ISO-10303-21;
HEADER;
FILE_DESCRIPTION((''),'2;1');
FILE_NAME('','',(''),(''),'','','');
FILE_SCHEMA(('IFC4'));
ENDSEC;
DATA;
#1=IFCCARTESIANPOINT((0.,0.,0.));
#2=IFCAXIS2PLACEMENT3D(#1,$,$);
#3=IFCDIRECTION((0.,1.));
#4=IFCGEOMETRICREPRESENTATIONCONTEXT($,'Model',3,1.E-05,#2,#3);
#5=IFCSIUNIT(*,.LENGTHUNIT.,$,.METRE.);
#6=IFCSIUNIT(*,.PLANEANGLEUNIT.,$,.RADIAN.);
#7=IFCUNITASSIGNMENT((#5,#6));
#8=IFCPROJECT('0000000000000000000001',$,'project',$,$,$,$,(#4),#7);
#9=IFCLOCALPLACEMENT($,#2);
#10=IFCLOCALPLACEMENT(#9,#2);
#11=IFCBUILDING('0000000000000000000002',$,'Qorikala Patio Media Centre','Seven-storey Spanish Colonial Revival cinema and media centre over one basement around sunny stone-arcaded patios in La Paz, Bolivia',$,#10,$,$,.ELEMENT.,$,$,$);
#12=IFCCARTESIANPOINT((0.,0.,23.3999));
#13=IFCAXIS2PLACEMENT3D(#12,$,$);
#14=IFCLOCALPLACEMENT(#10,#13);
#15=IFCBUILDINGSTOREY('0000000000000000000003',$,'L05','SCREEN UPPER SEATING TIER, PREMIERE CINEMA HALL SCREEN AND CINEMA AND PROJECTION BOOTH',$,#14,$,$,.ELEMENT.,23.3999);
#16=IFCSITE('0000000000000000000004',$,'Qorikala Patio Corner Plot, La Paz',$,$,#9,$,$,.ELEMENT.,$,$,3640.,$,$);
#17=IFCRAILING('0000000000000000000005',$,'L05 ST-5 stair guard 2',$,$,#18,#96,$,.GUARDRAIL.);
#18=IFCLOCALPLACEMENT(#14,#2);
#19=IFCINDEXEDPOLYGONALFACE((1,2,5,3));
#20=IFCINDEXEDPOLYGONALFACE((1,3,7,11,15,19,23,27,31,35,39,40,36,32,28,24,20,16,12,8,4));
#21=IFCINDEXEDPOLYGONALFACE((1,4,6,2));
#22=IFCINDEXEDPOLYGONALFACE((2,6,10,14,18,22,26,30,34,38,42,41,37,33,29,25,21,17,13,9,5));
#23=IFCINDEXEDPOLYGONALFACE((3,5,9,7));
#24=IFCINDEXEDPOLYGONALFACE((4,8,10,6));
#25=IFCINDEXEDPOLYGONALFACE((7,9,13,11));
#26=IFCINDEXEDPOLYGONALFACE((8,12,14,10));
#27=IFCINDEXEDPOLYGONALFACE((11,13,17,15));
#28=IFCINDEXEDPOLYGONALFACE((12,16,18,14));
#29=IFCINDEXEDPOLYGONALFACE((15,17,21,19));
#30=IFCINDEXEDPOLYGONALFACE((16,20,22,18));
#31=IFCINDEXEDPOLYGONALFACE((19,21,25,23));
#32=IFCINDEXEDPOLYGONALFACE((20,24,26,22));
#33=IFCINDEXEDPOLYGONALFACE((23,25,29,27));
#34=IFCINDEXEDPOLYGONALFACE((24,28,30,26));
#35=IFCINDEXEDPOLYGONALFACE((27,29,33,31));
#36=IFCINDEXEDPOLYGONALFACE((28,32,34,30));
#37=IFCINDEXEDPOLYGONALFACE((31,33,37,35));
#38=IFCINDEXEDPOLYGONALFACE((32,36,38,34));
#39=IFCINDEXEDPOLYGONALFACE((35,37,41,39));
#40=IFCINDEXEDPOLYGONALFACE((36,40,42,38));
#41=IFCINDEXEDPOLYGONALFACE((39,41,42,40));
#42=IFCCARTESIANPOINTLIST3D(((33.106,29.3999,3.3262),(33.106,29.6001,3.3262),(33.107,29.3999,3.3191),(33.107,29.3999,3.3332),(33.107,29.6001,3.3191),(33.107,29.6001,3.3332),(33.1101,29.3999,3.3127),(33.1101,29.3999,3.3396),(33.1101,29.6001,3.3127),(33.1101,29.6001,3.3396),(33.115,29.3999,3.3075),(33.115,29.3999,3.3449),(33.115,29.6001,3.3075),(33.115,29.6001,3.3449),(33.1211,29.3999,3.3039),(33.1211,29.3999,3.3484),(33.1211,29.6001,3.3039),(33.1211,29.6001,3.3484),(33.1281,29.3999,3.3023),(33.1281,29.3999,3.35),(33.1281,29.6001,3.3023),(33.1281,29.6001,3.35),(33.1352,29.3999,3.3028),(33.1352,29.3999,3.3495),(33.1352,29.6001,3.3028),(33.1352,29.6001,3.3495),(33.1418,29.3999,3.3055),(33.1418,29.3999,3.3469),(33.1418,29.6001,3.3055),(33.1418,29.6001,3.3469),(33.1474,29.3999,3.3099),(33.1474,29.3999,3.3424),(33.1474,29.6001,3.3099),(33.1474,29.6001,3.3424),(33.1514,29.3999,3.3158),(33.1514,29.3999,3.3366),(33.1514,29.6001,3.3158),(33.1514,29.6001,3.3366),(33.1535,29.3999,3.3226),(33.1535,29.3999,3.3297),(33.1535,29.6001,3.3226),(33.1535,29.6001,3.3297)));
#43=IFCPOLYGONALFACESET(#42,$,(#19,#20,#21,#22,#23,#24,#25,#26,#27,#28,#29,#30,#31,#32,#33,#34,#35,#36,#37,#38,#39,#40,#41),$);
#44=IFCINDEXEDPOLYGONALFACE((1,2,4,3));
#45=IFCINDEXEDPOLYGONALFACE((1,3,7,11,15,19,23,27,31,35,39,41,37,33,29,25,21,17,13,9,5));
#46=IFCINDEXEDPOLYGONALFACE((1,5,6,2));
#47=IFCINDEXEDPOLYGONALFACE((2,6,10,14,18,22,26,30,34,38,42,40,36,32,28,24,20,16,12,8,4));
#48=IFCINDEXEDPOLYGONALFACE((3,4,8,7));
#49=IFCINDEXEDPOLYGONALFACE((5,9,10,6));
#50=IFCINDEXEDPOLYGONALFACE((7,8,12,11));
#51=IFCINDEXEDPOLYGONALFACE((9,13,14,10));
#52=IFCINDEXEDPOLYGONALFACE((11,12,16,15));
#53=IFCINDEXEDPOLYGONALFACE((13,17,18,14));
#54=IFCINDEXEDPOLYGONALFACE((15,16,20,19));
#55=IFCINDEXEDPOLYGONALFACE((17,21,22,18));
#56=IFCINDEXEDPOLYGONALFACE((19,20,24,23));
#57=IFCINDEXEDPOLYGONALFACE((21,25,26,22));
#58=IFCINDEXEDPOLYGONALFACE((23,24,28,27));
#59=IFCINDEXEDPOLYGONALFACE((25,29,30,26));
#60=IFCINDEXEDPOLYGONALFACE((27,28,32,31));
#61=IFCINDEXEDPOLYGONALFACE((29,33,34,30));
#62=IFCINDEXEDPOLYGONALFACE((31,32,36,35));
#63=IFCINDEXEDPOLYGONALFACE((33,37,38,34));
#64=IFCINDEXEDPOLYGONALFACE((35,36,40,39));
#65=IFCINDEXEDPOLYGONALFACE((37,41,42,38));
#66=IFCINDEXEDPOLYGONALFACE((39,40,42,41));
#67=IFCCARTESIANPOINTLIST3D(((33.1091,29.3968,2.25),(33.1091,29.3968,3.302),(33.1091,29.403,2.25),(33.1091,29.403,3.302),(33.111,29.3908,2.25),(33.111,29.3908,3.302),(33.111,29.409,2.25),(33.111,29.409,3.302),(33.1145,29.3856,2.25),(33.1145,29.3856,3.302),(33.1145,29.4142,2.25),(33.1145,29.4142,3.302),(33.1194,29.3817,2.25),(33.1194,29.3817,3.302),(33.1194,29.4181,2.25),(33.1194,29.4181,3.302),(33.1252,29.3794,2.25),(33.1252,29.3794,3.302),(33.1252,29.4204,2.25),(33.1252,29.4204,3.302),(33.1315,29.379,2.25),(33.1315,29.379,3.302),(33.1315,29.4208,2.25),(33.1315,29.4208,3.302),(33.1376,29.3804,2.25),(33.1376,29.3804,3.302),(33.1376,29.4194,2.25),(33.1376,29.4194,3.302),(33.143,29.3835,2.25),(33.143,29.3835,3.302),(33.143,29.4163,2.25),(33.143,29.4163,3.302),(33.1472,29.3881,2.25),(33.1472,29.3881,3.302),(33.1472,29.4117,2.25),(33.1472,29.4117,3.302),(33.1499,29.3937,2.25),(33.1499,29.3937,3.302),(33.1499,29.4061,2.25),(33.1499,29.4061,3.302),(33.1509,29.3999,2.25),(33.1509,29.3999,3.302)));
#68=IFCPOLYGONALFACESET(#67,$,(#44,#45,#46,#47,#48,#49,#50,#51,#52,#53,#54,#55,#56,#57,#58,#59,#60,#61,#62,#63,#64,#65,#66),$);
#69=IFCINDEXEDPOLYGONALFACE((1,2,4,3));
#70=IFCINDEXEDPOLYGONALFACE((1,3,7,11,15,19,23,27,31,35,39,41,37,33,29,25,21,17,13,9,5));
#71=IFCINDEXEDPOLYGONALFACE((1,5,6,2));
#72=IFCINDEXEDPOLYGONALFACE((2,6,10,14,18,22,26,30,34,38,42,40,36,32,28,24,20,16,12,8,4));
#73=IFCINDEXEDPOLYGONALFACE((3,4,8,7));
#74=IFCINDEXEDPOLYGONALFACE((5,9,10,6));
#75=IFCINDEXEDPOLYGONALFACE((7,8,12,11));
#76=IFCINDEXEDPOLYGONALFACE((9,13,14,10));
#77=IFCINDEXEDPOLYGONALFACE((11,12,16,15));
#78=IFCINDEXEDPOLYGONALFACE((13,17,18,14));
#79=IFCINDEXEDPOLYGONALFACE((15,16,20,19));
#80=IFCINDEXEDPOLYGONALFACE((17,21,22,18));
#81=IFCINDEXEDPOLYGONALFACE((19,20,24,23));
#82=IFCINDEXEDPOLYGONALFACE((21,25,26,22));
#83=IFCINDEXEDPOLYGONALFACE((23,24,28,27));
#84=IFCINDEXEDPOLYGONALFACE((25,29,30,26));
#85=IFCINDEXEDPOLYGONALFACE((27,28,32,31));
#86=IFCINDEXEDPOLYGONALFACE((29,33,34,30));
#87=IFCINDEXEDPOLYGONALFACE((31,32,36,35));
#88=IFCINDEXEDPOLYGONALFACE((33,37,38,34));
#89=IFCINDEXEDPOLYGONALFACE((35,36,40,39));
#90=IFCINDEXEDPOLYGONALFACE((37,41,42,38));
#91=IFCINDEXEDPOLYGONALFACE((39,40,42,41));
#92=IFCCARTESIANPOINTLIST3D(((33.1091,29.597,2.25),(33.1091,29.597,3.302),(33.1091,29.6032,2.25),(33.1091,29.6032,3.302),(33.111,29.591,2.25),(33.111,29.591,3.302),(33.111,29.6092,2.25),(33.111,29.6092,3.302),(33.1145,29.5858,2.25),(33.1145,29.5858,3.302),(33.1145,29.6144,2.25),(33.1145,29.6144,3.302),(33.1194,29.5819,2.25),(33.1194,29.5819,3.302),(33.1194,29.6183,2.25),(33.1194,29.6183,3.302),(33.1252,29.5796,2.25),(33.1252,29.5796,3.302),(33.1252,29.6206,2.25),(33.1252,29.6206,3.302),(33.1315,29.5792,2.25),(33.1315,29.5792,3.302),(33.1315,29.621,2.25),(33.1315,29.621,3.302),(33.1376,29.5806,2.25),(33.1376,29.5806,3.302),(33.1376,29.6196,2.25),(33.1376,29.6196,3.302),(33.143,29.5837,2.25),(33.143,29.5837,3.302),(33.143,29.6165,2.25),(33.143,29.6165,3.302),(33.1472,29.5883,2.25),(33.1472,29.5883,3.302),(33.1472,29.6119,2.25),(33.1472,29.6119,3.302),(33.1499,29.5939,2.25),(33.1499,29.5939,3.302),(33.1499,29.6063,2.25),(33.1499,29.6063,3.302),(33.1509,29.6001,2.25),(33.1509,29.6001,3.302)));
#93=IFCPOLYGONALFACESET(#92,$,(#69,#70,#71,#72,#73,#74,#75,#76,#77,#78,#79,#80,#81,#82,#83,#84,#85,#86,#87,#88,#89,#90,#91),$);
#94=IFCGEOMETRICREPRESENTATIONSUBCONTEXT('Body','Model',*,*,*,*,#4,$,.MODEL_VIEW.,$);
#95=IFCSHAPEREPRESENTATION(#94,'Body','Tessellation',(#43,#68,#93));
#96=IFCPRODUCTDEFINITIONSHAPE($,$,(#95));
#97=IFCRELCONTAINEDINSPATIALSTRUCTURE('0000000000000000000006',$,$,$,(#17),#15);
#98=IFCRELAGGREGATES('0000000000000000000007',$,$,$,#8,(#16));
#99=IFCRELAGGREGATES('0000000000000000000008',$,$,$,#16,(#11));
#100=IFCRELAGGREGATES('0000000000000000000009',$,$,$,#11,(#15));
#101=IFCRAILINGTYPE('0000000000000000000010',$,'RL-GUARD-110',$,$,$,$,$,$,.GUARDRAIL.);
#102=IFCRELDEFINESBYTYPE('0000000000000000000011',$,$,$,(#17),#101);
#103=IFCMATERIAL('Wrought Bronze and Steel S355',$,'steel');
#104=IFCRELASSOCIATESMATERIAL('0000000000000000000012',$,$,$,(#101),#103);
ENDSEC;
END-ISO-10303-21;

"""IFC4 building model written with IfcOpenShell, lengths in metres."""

from ifc_helpers import new_model, si_unit, direction, frame, origin, origin_2d, place, context, subcontext, project, spatial, circle, extrude, material, type_object, element, save


model = new_model("IFC4")

# Units and contexts
model_context = context("Model", 3, precision=1e-05, world=origin(), true_north=direction((0.0, 1.0)))
body_context = subcontext(model_context, "Body", "Model", "MODEL_VIEW")
ifc_project = project(units=[si_unit("LENGTHUNIT", "METRE"), si_unit("PLANEANGLEUNIT", "RADIAN")], contexts=[model_context])

# Site, building, storey
site_placement = place(None, origin())
site = spatial("IfcSite", under=ifc_project, at=site_placement, Name="Qorikala Patio Corner Plot, La Paz", CompositionType="ELEMENT", RefElevation=3640.0)
building_placement = place(site_placement, origin())
building = spatial("IfcBuilding", under=site, at=building_placement, Name="Qorikala Patio Media Centre", Description="Seven-storey Spanish Colonial Revival cinema and media centre over one basement around sunny stone-arcaded patios in La Paz, Bolivia", CompositionType="ELEMENT")
storey_placement = place(building_placement, frame((0.0, 0.0, 23.3999)))
storey = spatial("IfcBuildingStorey", under=building, at=storey_placement, Name="L05", Description="SCREEN UPPER SEATING TIER, PREMIERE CINEMA HALL SCREEN AND CINEMA AND PROJECTION BOOTH", CompositionType="ELEMENT", Elevation=23.3999)

# Railing
ifc_material_1 = material(Name="Wrought Bronze and Steel S355", Category="steel")
railing_type_1 = type_object("IfcRailingType", Name="RL-GUARD-110", PredefinedType="GUARDRAIL", material=ifc_material_1)
railing_1_placement = place(storey_placement, frame((33.1299, 29.3999, 2.25)))
element("IfcRailing", 1, at=railing_1_placement, inside=storey, type_object=railing_type_1, Name="L05 ST-5 stair guard 2", PredefinedType="GUARDRAIL", context=body_context, shape_type="SweptSolid", body=[
    extrude(circle(Radius=0.0239, at=origin_2d()), frame((0.0, 0.0, 1.0762), z_axis=(0.0, 1.0, 0.0), x_axis=(-1.0, 0.0, 0.0)), (0.0, 0.0, 1.0), 0.2002),
    extrude(circle(Radius=0.021, at=origin_2d()), origin(), (0.0, 0.0, 1.0), 1.052),
    extrude(circle(Radius=0.021, at=origin_2d()), frame((0.0, 0.2002, 0.0)), (0.0, 0.0, 1.0), 1.052),
])

save(model, "model.ifc")
